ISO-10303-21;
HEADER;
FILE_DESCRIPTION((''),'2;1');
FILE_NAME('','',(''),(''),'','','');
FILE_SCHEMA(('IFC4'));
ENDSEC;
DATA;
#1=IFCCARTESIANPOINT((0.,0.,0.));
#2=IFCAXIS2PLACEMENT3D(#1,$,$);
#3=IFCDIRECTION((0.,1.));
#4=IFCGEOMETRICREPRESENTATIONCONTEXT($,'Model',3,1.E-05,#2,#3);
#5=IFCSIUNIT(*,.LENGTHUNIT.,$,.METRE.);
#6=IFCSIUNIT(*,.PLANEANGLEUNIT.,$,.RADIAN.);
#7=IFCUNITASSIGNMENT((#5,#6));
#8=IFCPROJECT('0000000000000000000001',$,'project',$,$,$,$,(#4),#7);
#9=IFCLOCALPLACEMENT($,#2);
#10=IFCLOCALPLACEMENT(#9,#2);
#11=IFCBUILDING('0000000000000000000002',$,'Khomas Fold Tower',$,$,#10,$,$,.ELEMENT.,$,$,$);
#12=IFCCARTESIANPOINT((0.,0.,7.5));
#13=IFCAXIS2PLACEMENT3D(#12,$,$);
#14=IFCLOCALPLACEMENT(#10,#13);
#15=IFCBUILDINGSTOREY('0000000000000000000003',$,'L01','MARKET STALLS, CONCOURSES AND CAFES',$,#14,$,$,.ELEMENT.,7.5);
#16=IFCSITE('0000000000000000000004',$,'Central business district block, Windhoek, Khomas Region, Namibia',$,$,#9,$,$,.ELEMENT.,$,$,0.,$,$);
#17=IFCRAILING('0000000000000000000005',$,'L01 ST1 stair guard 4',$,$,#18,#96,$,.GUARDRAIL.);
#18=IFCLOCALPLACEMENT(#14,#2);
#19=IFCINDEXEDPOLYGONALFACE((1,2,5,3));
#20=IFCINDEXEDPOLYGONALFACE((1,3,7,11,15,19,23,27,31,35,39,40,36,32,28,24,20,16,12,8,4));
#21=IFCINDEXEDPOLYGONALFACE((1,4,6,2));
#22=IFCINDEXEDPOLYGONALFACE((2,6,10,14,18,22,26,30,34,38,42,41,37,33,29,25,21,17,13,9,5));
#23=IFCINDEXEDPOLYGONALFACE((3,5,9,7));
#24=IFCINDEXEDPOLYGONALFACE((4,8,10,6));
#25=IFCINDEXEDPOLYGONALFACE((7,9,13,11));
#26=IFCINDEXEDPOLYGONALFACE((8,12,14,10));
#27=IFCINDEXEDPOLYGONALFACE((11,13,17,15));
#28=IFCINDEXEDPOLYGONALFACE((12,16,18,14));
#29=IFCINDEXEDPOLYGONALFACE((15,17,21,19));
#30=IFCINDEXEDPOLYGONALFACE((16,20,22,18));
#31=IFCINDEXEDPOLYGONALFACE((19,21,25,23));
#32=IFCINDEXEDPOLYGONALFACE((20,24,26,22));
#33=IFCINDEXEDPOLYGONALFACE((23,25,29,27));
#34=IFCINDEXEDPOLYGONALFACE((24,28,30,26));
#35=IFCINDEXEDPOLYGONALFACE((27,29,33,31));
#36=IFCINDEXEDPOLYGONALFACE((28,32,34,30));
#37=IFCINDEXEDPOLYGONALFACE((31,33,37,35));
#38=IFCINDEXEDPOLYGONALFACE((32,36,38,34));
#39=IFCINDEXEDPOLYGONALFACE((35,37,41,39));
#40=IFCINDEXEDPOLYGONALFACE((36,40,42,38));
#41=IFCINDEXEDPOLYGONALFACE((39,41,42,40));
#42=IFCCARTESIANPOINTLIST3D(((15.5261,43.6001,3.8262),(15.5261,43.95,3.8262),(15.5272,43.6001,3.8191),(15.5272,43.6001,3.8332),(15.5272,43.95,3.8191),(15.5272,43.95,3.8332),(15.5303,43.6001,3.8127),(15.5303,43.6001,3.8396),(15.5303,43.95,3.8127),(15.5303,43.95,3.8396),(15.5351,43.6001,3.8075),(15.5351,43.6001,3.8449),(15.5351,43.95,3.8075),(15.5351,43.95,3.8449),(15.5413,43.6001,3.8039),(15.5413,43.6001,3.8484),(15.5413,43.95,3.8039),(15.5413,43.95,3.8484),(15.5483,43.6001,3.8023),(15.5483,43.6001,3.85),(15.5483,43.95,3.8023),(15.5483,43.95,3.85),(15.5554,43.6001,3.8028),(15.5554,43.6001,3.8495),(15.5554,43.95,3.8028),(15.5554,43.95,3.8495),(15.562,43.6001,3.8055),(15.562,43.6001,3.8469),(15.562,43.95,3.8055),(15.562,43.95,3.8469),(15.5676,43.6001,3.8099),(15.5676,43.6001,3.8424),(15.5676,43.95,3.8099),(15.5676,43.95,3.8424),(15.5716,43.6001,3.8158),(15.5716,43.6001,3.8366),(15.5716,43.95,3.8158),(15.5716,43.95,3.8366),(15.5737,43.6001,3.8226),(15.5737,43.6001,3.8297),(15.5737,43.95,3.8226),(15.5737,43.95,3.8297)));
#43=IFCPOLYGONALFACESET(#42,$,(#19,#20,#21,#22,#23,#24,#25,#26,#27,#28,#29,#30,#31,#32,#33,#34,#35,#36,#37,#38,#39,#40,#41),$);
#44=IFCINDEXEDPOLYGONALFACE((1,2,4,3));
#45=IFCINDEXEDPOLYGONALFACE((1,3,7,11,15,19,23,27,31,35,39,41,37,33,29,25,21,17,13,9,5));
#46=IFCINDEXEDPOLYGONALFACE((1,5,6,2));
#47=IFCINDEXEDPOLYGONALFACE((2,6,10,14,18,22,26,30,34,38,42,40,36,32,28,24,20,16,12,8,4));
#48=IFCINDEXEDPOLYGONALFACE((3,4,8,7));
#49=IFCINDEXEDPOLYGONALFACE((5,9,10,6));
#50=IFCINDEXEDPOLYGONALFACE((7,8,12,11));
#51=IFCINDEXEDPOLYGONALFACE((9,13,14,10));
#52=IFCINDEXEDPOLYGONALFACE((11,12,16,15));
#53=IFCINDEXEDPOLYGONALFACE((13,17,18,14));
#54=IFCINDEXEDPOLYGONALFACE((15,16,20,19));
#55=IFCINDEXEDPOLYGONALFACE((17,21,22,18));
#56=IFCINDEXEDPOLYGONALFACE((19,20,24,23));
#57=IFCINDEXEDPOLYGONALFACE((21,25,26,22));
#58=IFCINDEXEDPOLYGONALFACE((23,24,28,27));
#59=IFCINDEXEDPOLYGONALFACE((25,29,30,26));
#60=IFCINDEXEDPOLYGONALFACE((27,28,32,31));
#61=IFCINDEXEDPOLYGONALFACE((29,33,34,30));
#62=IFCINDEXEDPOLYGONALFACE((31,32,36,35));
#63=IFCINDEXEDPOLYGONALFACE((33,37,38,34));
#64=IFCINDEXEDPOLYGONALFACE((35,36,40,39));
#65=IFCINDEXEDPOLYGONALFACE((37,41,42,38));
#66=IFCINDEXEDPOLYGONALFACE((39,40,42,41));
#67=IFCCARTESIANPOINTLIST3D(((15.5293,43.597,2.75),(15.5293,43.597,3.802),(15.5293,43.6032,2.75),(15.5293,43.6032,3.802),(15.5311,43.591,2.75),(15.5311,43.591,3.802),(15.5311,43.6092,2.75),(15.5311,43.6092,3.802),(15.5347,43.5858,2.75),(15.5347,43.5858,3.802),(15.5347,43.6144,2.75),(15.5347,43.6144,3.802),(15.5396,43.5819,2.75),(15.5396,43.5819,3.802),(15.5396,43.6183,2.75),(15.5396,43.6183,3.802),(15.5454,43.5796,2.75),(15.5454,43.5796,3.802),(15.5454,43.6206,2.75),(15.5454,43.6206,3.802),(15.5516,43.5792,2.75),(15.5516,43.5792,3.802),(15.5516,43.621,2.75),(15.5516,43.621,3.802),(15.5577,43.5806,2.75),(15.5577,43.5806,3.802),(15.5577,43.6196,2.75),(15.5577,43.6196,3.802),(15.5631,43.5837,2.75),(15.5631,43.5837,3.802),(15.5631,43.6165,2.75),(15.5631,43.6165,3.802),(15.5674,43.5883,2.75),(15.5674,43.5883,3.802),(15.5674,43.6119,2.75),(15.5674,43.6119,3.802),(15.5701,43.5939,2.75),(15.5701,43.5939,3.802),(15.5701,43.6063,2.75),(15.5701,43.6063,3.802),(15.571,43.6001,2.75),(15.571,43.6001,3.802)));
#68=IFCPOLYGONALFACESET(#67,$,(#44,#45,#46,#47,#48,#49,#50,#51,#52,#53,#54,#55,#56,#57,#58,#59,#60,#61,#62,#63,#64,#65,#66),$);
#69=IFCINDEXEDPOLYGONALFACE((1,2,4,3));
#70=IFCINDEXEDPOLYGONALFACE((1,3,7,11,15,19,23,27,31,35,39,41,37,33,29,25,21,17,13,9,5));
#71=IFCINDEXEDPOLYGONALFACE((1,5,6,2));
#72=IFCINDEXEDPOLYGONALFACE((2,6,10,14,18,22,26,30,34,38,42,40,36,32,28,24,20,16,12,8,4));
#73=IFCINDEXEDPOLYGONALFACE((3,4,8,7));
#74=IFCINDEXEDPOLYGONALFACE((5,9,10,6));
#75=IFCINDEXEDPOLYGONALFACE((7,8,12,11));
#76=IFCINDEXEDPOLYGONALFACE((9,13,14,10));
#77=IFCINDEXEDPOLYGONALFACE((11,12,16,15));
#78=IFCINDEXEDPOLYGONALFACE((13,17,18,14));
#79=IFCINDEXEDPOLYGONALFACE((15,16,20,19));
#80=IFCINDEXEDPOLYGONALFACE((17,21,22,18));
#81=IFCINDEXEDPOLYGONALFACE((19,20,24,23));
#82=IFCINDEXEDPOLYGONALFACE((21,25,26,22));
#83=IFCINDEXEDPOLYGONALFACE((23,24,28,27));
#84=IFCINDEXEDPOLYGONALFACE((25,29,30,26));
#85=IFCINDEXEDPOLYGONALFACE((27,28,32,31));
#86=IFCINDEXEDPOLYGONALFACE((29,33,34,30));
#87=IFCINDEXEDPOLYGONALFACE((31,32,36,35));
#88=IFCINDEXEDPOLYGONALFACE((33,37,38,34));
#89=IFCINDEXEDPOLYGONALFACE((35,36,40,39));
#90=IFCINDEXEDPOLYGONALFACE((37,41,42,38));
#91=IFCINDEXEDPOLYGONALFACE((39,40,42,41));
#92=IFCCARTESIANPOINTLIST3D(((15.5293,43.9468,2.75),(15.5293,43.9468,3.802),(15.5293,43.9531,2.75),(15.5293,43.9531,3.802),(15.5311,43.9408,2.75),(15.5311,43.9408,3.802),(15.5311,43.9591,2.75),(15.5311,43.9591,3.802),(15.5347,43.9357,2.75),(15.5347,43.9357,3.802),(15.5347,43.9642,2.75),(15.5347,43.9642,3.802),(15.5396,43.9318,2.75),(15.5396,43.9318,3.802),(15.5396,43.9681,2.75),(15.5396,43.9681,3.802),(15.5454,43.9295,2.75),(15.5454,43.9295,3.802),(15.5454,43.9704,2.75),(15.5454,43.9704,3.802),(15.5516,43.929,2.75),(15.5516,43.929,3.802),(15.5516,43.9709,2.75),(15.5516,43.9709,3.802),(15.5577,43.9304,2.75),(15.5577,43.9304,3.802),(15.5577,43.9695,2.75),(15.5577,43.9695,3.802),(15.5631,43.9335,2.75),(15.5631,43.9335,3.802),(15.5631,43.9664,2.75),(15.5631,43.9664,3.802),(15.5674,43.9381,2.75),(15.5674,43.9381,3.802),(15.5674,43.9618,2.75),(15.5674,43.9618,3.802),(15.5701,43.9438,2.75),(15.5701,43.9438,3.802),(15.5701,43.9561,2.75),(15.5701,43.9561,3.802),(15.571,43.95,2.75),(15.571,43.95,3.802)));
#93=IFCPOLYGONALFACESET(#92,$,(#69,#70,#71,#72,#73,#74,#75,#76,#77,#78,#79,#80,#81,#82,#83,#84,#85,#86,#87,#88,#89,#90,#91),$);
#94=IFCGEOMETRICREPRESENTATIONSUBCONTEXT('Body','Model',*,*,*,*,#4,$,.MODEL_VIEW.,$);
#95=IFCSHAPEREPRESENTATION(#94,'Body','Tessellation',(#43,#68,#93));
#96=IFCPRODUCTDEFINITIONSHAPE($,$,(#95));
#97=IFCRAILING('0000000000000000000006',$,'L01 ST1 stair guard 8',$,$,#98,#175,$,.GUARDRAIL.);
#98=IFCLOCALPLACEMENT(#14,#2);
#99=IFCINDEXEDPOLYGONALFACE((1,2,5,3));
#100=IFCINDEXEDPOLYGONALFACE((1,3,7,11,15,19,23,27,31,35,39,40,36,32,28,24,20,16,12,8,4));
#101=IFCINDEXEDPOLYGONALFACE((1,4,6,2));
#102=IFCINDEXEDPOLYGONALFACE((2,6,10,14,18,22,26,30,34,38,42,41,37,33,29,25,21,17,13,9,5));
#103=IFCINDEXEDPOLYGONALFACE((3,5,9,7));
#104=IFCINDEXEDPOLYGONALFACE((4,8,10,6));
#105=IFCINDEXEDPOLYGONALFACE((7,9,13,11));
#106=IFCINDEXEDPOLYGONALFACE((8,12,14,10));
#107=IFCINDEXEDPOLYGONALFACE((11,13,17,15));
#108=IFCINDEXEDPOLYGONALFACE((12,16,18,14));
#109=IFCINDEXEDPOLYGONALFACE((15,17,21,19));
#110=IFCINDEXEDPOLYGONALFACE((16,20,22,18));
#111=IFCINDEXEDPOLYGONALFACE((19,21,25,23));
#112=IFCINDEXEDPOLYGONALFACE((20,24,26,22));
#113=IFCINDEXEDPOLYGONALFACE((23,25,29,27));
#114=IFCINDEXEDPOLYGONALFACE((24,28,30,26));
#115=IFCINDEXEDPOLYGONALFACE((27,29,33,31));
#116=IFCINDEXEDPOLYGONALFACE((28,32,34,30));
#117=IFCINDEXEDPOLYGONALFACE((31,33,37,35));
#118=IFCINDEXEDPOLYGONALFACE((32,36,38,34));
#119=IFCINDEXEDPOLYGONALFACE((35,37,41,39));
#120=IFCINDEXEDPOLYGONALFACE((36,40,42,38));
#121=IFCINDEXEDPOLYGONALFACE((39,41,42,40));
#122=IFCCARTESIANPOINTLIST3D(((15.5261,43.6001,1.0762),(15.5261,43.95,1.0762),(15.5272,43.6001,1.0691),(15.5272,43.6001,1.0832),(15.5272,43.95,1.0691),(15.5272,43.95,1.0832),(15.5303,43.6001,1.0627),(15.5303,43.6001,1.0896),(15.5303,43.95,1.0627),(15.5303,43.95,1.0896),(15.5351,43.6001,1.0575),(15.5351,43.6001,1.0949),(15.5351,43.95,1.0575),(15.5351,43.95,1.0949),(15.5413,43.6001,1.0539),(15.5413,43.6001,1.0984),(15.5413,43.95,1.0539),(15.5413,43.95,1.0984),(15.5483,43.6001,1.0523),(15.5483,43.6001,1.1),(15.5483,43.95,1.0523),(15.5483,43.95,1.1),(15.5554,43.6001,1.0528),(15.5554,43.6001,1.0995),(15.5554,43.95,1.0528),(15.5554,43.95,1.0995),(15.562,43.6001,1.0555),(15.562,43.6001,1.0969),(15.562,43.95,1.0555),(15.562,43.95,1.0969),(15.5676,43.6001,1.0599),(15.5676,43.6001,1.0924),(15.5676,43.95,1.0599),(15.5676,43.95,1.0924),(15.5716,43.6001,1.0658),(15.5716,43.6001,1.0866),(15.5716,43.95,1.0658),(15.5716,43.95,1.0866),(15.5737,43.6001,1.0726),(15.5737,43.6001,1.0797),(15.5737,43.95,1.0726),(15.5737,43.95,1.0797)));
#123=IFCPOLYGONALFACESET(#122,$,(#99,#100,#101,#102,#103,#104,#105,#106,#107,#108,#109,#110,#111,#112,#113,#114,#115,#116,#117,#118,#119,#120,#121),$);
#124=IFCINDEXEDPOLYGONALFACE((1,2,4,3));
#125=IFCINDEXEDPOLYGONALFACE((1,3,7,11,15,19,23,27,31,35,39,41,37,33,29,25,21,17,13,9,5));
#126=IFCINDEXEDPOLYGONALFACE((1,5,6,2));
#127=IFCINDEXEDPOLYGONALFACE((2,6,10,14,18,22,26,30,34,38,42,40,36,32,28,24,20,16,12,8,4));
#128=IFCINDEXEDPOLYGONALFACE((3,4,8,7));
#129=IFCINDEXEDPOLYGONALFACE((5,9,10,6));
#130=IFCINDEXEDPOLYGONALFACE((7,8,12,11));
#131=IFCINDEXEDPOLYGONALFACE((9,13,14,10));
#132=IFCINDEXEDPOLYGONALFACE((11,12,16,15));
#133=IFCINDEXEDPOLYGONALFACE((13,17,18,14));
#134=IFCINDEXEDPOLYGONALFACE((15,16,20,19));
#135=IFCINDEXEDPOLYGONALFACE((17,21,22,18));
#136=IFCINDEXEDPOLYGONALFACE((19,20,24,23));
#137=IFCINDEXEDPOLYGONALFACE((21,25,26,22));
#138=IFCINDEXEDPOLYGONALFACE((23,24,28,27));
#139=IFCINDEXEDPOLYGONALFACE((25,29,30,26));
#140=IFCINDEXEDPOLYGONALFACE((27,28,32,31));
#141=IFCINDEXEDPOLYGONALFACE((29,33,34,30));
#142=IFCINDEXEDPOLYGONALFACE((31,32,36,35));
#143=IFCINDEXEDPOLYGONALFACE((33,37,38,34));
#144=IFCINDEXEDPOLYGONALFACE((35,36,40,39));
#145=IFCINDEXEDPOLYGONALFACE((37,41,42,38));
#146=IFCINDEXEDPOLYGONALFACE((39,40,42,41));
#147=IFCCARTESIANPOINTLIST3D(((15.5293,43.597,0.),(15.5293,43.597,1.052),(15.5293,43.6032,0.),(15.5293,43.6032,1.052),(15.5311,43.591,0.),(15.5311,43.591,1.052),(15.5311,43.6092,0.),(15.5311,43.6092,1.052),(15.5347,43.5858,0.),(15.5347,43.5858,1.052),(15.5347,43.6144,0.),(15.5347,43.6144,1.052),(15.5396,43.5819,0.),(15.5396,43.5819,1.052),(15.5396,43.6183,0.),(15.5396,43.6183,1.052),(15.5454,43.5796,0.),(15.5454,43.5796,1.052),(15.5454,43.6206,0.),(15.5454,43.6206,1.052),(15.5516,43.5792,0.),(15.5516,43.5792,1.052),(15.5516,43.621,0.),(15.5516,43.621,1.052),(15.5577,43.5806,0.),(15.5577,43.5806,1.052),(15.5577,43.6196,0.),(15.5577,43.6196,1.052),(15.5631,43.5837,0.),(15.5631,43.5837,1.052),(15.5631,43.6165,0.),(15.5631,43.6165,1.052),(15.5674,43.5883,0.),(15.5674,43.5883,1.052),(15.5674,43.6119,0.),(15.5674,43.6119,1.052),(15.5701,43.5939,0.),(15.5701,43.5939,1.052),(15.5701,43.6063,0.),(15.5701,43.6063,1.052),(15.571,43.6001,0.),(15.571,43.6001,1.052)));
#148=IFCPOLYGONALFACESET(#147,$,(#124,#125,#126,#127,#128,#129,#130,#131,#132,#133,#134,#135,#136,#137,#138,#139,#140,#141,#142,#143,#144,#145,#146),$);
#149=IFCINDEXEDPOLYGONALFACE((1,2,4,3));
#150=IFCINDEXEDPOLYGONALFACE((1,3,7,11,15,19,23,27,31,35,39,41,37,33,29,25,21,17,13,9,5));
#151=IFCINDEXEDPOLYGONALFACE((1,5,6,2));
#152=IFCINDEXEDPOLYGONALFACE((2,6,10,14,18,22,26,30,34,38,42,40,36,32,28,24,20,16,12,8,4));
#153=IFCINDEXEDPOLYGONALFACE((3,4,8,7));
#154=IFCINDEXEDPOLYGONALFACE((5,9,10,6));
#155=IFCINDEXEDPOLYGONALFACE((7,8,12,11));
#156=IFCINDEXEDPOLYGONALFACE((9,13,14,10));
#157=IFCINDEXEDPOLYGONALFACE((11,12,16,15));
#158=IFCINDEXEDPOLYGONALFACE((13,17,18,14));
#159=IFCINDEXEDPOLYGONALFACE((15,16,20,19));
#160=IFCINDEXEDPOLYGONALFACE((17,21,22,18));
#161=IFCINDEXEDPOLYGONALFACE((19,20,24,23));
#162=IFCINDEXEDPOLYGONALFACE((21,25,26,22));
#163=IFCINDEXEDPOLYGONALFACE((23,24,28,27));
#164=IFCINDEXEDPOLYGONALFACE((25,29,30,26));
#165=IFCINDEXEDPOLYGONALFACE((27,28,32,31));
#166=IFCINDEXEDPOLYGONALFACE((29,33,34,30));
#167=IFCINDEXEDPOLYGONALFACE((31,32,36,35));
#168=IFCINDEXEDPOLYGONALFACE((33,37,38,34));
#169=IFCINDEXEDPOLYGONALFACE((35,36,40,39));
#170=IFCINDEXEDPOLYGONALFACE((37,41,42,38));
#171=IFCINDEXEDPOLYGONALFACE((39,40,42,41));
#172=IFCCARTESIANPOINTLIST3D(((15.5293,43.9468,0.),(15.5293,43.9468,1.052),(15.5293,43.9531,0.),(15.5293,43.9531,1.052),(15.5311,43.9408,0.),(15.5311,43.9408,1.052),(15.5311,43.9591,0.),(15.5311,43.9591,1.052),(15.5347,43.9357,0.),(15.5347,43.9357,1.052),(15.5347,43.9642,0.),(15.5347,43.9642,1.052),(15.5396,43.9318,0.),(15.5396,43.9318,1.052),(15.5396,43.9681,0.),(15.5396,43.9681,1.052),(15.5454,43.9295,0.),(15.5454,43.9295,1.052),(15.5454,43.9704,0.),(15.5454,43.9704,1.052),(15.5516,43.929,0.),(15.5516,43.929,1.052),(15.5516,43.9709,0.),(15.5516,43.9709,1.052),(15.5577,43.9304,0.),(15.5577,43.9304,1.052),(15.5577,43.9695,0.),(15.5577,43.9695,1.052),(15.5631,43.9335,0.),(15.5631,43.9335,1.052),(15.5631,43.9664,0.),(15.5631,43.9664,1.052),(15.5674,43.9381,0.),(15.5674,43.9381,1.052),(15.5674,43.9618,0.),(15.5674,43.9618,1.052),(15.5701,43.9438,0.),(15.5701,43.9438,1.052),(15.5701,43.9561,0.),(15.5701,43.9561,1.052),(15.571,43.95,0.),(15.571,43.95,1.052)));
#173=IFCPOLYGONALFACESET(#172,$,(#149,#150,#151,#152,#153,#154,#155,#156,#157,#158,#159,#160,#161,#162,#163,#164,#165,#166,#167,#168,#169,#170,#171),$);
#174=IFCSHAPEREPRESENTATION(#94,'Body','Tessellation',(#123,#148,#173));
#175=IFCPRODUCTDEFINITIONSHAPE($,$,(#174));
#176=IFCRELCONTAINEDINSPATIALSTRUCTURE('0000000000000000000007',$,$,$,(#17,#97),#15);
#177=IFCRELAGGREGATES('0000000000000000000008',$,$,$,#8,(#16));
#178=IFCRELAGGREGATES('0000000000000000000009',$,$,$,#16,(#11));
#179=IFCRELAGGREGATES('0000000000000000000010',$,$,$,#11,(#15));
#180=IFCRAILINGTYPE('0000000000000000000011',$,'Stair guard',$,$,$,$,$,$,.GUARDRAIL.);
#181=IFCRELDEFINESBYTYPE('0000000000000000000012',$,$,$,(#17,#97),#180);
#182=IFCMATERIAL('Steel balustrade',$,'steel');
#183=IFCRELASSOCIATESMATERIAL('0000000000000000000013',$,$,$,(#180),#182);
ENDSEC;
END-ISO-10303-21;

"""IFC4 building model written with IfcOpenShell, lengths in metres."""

from ifc_helpers import new_model, si_unit, direction, frame, origin, origin_2d, place, context, subcontext, project, spatial, circle, extrude, source, transform, mapped, material, type_object, element, save


model = new_model("IFC4")

# Units and contexts
model_context = context("Model", 3, precision=1e-05, world=origin(), true_north=direction((0.0, 1.0)))
body_context = subcontext(model_context, "Body", "Model", "MODEL_VIEW")
ifc_project = project(units=[si_unit("LENGTHUNIT", "METRE"), si_unit("PLANEANGLEUNIT", "RADIAN")], contexts=[model_context])

# Site, building, storey
site_placement = place(None, origin())
site = spatial("IfcSite", under=ifc_project, at=site_placement, Name="Central business district block, Windhoek, Khomas Region, Namibia", CompositionType="ELEMENT", RefElevation=0.0)
building_placement = place(site_placement, origin())
building = spatial("IfcBuilding", under=site, at=building_placement, Name="Khomas Fold Tower", CompositionType="ELEMENT")
storey_placement = place(building_placement, frame((0.0, 0.0, 7.5)))
storey = spatial("IfcBuildingStorey", under=building, at=storey_placement, Name="L01", Description="MARKET STALLS, CONCOURSES AND CAFES", CompositionType="ELEMENT", Elevation=7.5)

# Railings
ifc_material_1 = material(Name="Steel balustrade", Category="steel")
railing_type_1 = type_object("IfcRailingType", Name="Stair guard", PredefinedType="GUARDRAIL", material=ifc_material_1)
shared_shape_1 = source(origin(), body_context, "Body", "SweptSolid", [
    extrude(circle(Radius=0.0239, at=origin_2d()), frame((0.0, 0.0, 1.0762), z_axis=(0.0, 1.0, 0.0), x_axis=(-1.0, 0.0, 0.0)), (0.0, 0.0, 1.0), 0.3499),
    extrude(circle(Radius=0.021, at=origin_2d()), origin(), (0.0, 0.0, 1.0), 1.052),
    extrude(circle(Radius=0.021, at=origin_2d()), frame((0.0, 0.3499, 0.0)), (0.0, 0.0, 1.0), 1.052),
])
for number, where, name in (
    (1, (15.55, 43.6001, 2.75), "L01 ST1 stair guard 4"),
    (2, (15.55, 43.6001, 0.0), "L01 ST1 stair guard 8"),
):
    element("IfcRailing", number, at=place(storey_placement, frame(where)), inside=storey, type_object=railing_type_1, Name=name, PredefinedType="GUARDRAIL", context=body_context, shape_type="MappedRepresentation", body=[
        mapped(shared_shape_1, transform((0.0, 0.0, 0.0))),
    ])

save(model, "model.ifc")
